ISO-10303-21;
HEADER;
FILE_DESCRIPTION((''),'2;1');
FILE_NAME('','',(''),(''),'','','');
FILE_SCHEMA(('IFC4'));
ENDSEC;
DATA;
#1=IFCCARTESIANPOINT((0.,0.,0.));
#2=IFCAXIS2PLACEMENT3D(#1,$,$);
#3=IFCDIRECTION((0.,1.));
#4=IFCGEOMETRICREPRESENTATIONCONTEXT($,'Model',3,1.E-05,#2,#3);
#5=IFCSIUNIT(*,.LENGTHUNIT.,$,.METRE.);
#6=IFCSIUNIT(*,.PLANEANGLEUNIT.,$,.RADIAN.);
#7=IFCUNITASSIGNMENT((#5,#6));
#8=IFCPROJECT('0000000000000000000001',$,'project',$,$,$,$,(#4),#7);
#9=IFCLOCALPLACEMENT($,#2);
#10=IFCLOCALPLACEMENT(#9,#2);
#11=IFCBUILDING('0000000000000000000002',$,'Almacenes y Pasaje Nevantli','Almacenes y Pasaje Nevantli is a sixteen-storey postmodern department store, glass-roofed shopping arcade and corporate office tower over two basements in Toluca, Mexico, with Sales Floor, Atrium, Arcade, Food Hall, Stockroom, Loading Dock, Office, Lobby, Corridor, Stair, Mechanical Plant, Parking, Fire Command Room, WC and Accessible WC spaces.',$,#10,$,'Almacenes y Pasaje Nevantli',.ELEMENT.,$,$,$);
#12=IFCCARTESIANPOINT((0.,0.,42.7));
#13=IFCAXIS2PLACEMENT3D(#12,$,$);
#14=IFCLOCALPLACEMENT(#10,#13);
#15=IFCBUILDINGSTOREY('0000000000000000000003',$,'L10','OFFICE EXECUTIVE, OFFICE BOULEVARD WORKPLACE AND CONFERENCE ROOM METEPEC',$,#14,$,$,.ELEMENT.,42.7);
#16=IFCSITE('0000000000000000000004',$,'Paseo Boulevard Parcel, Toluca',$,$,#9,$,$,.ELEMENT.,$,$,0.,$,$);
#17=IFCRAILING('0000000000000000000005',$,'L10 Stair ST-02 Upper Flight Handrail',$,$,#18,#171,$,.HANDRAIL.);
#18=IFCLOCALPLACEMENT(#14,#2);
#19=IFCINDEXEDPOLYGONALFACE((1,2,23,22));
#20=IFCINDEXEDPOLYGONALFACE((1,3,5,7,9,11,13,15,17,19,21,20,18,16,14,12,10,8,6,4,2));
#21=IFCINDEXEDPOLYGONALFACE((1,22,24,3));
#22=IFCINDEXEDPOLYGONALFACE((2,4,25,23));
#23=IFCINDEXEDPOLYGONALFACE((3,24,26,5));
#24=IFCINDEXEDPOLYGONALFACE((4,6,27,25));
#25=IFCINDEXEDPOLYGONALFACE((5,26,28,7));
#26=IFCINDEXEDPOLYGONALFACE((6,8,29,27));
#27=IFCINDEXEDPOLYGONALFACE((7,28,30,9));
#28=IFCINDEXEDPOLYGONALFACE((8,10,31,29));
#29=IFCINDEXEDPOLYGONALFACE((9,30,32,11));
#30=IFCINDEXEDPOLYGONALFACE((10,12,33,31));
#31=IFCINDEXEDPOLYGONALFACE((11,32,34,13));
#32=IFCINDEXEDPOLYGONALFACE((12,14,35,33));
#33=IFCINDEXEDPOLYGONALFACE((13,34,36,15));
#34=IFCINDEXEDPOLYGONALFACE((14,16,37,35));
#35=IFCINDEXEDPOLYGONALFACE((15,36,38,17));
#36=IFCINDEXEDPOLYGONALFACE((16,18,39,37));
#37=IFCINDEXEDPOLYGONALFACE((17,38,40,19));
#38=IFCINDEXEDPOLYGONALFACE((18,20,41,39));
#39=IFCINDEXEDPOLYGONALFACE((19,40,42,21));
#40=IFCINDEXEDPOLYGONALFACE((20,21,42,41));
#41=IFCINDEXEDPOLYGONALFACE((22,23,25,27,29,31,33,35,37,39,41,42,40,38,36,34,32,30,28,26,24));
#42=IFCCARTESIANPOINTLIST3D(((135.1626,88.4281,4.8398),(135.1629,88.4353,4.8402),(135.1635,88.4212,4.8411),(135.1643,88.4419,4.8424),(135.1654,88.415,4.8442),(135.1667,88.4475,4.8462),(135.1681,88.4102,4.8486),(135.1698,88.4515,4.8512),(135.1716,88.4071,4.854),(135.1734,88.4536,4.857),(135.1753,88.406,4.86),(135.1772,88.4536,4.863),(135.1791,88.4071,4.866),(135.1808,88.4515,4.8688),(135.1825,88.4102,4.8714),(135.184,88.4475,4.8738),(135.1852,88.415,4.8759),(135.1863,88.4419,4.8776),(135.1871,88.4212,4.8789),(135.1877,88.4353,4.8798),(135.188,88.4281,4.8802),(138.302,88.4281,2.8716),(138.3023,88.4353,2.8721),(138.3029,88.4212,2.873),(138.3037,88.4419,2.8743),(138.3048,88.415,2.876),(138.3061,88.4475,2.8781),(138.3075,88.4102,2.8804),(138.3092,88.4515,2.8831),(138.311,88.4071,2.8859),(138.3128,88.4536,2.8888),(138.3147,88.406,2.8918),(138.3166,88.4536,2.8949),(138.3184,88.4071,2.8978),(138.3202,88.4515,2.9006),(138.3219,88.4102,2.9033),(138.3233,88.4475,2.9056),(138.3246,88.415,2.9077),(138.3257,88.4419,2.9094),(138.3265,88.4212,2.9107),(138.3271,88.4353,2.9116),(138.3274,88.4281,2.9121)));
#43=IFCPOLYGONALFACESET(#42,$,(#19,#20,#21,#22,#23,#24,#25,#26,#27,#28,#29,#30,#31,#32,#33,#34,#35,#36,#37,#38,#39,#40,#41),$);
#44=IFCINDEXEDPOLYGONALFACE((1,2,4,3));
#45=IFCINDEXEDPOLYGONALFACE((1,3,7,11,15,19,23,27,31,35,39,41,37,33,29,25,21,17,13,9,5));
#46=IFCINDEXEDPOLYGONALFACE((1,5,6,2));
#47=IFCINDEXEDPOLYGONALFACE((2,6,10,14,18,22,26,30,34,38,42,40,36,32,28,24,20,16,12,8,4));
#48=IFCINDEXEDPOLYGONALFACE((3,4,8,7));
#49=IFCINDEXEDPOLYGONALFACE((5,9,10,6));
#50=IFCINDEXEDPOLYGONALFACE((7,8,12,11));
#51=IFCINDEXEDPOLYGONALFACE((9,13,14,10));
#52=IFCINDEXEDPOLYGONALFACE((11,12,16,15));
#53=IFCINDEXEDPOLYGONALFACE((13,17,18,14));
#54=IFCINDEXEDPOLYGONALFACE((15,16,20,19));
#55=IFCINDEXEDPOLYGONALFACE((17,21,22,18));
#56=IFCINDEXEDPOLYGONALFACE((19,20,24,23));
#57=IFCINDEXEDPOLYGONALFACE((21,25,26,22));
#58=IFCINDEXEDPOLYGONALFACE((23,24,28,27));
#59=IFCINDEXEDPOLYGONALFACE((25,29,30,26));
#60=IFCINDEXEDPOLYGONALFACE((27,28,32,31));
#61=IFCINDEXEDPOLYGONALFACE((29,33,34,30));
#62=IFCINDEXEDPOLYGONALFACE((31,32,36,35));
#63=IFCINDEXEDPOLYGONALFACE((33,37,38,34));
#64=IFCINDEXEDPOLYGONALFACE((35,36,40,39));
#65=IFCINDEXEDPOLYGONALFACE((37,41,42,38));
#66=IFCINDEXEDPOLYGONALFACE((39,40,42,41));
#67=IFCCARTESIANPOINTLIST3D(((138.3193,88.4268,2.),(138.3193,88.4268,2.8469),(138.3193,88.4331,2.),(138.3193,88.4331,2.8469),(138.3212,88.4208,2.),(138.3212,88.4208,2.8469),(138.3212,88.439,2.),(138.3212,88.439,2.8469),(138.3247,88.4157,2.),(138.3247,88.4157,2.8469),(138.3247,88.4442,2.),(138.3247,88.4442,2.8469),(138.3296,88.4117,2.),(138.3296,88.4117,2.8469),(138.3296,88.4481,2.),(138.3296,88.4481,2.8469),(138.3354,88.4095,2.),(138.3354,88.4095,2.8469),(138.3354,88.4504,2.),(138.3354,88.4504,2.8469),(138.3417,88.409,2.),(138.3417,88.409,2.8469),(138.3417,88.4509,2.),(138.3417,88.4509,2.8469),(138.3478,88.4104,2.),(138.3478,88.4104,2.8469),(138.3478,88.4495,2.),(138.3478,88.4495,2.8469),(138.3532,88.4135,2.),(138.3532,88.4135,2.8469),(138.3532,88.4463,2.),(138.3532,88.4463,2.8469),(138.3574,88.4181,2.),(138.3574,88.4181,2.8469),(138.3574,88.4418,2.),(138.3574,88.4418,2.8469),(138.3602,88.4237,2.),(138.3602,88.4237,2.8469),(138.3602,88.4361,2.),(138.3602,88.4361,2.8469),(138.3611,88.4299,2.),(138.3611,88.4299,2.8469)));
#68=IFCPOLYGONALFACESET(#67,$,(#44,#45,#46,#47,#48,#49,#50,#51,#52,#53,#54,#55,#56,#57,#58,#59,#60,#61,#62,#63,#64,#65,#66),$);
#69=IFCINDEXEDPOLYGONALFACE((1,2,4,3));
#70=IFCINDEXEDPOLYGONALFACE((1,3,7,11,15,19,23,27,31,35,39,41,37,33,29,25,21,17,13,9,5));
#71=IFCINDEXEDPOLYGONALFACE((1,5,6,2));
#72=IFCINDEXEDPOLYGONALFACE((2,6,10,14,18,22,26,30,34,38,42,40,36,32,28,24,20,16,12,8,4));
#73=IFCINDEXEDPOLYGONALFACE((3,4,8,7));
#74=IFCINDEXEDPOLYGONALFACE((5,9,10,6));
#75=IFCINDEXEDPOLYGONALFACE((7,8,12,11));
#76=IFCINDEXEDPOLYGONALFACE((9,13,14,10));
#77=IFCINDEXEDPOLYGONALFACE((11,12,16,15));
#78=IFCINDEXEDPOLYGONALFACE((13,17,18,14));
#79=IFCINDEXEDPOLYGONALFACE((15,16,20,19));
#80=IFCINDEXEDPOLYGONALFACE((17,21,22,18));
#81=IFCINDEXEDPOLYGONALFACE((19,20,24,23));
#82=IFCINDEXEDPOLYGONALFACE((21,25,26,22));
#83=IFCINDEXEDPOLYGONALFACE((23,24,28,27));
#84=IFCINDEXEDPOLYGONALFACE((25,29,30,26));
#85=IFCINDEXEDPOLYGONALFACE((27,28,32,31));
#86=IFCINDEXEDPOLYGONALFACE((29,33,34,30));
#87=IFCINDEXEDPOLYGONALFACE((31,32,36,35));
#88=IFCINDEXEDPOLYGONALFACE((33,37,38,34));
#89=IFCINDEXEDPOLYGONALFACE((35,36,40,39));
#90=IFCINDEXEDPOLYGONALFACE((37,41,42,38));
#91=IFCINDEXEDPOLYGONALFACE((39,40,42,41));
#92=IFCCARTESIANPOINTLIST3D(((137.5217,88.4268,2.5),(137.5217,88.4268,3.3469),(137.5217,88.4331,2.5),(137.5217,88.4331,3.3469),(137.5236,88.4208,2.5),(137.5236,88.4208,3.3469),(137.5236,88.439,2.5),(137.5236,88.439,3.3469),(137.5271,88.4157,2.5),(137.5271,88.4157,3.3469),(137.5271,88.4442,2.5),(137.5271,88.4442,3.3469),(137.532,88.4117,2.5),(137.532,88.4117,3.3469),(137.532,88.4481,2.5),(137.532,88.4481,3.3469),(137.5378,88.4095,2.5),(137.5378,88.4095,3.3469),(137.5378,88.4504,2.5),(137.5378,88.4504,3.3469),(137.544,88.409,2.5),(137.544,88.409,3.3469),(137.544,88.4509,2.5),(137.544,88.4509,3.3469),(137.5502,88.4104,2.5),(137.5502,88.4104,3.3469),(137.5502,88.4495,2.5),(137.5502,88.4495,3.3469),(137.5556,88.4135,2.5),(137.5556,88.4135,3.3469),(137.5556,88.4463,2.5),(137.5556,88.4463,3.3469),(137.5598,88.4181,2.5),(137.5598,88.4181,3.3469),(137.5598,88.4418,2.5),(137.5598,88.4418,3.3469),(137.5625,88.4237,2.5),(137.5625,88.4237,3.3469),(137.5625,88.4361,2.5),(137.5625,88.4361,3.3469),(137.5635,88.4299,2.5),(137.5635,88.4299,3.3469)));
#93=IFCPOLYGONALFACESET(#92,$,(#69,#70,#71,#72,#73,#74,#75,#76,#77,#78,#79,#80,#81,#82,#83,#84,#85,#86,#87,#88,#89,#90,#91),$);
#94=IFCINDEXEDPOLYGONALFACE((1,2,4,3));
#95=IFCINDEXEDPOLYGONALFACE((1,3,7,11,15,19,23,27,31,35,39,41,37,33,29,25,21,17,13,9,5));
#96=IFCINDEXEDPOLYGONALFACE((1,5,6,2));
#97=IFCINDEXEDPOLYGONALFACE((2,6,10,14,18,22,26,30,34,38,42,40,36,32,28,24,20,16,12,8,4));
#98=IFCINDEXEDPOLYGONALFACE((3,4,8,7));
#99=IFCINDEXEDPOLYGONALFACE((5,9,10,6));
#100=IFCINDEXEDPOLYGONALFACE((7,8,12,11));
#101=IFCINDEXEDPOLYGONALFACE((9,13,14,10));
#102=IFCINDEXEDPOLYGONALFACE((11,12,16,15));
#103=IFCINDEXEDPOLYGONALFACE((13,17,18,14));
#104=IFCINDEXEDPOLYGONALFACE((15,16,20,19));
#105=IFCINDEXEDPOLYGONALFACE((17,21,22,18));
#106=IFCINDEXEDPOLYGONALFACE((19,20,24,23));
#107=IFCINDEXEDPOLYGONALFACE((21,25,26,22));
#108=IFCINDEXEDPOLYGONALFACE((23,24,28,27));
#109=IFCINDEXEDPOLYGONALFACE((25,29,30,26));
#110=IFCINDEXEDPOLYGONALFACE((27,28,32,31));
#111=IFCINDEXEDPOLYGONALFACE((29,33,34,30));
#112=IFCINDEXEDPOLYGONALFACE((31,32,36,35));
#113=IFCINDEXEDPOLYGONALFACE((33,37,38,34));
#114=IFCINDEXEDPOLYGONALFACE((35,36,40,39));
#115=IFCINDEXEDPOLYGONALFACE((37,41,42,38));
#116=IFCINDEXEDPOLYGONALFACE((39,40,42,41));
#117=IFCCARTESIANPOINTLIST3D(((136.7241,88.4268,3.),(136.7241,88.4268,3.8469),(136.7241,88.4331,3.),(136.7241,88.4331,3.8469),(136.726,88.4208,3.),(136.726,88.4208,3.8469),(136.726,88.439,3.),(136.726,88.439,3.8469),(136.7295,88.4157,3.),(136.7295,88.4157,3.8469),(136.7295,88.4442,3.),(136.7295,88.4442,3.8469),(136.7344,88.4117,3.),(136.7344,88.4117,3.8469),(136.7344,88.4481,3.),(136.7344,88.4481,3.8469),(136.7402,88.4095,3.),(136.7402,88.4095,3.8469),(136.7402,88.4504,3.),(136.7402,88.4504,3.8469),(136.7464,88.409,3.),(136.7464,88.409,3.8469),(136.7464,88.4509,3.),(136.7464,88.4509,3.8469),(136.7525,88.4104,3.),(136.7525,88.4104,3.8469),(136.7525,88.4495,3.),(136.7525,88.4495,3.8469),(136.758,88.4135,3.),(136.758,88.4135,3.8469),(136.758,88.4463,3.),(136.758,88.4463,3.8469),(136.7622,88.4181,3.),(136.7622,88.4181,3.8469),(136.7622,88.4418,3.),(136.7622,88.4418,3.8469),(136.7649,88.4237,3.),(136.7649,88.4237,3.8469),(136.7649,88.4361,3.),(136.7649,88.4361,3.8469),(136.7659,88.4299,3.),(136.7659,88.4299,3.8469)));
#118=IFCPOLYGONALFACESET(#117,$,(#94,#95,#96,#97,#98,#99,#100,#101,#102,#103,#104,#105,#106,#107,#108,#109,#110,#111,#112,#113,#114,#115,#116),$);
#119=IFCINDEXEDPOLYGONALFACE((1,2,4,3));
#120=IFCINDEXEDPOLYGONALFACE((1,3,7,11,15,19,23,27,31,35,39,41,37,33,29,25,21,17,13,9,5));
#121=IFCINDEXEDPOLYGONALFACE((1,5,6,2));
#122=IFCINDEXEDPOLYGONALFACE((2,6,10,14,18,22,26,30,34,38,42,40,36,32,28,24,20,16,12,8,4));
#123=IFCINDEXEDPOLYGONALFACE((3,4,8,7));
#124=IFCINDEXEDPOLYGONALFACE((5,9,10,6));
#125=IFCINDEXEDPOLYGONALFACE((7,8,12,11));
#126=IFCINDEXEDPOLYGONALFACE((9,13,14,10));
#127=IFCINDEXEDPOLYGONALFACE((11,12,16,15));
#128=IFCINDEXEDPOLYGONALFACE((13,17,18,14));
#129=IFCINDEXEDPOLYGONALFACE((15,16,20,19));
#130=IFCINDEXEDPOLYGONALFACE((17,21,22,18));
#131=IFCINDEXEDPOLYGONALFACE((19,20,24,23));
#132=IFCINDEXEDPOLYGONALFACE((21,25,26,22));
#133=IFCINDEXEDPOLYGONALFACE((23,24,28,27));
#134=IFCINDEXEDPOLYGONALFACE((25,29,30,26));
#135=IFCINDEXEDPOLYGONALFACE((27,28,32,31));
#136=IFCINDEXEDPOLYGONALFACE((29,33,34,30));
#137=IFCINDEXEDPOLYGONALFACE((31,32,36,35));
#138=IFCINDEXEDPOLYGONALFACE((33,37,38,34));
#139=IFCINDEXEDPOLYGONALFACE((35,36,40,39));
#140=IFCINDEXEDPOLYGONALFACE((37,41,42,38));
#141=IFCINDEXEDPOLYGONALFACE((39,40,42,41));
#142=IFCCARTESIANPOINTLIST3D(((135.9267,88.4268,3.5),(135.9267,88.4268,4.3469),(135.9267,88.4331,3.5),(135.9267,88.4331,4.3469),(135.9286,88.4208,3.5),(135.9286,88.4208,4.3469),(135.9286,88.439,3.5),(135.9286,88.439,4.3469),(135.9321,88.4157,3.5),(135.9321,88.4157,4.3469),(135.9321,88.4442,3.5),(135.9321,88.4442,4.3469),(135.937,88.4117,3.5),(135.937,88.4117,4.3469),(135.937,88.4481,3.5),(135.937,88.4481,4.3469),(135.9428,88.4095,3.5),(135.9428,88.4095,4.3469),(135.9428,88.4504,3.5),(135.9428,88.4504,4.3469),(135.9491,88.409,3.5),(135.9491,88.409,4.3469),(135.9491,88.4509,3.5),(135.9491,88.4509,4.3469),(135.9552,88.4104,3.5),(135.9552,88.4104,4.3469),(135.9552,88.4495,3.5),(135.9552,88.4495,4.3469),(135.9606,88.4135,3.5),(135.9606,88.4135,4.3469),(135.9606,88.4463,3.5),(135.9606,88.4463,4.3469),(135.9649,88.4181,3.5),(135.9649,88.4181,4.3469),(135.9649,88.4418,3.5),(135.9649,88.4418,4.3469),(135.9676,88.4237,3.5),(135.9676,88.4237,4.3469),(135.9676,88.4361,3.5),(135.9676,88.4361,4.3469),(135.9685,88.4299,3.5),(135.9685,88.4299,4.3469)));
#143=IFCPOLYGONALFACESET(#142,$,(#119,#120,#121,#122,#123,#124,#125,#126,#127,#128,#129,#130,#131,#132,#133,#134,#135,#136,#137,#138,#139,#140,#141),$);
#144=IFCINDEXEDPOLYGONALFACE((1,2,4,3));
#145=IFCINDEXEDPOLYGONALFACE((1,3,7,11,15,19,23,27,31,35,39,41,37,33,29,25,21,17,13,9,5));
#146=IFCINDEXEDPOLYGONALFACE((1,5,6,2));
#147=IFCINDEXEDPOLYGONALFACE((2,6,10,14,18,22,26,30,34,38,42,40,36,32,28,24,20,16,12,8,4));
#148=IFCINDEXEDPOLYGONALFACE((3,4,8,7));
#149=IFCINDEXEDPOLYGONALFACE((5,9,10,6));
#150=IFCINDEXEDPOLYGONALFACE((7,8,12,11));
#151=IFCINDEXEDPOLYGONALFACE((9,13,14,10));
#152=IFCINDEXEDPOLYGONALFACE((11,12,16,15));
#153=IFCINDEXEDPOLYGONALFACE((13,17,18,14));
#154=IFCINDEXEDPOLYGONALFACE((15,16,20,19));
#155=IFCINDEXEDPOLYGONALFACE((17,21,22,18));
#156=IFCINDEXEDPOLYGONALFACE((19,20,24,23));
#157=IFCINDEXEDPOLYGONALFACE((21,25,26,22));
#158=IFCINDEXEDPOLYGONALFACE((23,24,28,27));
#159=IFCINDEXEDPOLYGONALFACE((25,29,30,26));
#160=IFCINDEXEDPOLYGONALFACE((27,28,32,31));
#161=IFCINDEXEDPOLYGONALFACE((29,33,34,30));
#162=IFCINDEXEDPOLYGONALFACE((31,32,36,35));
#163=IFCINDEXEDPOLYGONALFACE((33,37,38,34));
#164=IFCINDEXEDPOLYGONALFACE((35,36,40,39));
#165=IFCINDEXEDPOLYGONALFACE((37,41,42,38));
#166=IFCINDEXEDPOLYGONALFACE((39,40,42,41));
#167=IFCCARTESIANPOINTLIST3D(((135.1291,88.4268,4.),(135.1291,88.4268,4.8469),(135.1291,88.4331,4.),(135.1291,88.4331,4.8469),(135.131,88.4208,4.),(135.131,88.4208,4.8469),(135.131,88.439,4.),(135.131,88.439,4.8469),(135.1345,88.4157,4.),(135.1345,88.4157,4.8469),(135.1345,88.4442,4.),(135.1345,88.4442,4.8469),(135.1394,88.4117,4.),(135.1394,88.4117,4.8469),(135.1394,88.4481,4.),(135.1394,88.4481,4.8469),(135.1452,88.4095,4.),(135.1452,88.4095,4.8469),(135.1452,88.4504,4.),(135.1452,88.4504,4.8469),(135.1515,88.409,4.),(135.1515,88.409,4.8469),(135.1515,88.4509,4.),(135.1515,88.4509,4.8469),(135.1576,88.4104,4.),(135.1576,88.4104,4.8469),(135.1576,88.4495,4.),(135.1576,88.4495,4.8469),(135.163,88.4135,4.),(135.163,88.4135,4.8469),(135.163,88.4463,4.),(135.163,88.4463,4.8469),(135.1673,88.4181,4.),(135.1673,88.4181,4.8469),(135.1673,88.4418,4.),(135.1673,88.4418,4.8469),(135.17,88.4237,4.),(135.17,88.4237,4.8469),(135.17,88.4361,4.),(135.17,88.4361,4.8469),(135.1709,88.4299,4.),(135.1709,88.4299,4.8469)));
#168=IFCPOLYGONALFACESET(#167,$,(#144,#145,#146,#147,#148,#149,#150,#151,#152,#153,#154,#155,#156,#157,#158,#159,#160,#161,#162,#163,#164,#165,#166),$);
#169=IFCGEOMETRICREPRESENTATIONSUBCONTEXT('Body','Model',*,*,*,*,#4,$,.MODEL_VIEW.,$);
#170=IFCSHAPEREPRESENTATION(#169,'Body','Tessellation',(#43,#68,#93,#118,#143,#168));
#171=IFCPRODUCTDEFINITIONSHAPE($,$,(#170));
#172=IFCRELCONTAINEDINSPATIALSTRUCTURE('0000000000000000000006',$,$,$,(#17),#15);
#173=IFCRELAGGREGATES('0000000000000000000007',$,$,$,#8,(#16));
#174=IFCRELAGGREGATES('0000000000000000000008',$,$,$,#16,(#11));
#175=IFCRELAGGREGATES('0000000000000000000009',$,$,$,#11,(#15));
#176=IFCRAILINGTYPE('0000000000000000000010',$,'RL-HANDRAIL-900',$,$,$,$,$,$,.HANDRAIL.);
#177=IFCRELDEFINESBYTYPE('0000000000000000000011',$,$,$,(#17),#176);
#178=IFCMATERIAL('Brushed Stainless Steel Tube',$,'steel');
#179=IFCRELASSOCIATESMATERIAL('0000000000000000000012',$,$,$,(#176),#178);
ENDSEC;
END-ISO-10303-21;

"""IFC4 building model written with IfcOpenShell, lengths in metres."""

from ifc_helpers import new_model, si_unit, direction, frame, origin, origin_2d, place, context, subcontext, project, spatial, circle, extrude, material, type_object, element, save


model = new_model("IFC4")

# Units and contexts
model_context = context("Model", 3, precision=1e-05, world=origin(), true_north=direction((0.0, 1.0)))
body_context = subcontext(model_context, "Body", "Model", "MODEL_VIEW")
ifc_project = project(units=[si_unit("LENGTHUNIT", "METRE"), si_unit("PLANEANGLEUNIT", "RADIAN")], contexts=[model_context])

# Site, building, storey
site_placement = place(None, origin())
site = spatial("IfcSite", under=ifc_project, at=site_placement, Name="Paseo Boulevard Parcel, Toluca", CompositionType="ELEMENT", RefElevation=0.0)
building_placement = place(site_placement, origin())
building = spatial("IfcBuilding", under=site, at=building_placement, Name="Almacenes y Pasaje Nevantli", Description="Almacenes y Pasaje Nevantli is a sixteen-storey postmodern department store, glass-roofed shopping arcade and corporate office tower over two basements in Toluca, Mexico, with Sales Floor, Atrium, Arcade, Food Hall, Stockroom, Loading Dock, Office, Lobby, Corridor, Stair, Mechanical Plant, Parking, Fire Command Room, WC and Accessible WC spaces.", LongName="Almacenes y Pasaje Nevantli", CompositionType="ELEMENT")
storey_placement = place(building_placement, frame((0.0, 0.0, 42.7)))
storey = spatial("IfcBuildingStorey", under=building, at=storey_placement, Name="L10", Description="OFFICE EXECUTIVE, OFFICE BOULEVARD WORKPLACE AND CONFERENCE ROOM METEPEC", CompositionType="ELEMENT", Elevation=42.7)

# Railing
ifc_material_1 = material(Name="Brushed Stainless Steel Tube", Category="steel")
railing_type_1 = type_object("IfcRailingType", Name="RL-HANDRAIL-900", PredefinedType="HANDRAIL", material=ifc_material_1)
railing_1_placement = place(storey_placement, frame((138.3401, 88.4299, 2.0)))
element("IfcRailing", 1, at=railing_1_placement, inside=storey, type_object=railing_type_1, Name="L10 Stair ST-02 Upper Flight Handrail", PredefinedType="HANDRAIL", context=body_context, shape_type="SweptSolid", body=[
    extrude(circle(Radius=0.0239, at=origin_2d()), frame((-0.0254, 0.0, 0.8918), z_axis=(-0.847265, 0.0, 0.53117), x_axis=(0.0, -1.0, 0.0)), (0.0, 0.0, 1.0), 3.7053),
    extrude(circle(Radius=0.021, at=origin_2d()), origin(), (0.0, 0.0, 1.0), 0.8469),
    extrude(circle(Radius=0.021, at=origin_2d()), frame((-0.7976, 0.0, 0.5)), (0.0, 0.0, 1.0), 0.8469),
    extrude(circle(Radius=0.021, at=origin_2d()), frame((-1.5952, 0.0, 1.0)), (0.0, 0.0, 1.0), 0.8469),
    extrude(circle(Radius=0.021, at=origin_2d()), frame((-2.3926, 0.0, 1.5)), (0.0, 0.0, 1.0), 0.8469),
    extrude(circle(Radius=0.021, at=origin_2d()), frame((-3.1902, 0.0, 2.0)), (0.0, 0.0, 1.0), 0.8469),
])

save(model, "model.ifc")
